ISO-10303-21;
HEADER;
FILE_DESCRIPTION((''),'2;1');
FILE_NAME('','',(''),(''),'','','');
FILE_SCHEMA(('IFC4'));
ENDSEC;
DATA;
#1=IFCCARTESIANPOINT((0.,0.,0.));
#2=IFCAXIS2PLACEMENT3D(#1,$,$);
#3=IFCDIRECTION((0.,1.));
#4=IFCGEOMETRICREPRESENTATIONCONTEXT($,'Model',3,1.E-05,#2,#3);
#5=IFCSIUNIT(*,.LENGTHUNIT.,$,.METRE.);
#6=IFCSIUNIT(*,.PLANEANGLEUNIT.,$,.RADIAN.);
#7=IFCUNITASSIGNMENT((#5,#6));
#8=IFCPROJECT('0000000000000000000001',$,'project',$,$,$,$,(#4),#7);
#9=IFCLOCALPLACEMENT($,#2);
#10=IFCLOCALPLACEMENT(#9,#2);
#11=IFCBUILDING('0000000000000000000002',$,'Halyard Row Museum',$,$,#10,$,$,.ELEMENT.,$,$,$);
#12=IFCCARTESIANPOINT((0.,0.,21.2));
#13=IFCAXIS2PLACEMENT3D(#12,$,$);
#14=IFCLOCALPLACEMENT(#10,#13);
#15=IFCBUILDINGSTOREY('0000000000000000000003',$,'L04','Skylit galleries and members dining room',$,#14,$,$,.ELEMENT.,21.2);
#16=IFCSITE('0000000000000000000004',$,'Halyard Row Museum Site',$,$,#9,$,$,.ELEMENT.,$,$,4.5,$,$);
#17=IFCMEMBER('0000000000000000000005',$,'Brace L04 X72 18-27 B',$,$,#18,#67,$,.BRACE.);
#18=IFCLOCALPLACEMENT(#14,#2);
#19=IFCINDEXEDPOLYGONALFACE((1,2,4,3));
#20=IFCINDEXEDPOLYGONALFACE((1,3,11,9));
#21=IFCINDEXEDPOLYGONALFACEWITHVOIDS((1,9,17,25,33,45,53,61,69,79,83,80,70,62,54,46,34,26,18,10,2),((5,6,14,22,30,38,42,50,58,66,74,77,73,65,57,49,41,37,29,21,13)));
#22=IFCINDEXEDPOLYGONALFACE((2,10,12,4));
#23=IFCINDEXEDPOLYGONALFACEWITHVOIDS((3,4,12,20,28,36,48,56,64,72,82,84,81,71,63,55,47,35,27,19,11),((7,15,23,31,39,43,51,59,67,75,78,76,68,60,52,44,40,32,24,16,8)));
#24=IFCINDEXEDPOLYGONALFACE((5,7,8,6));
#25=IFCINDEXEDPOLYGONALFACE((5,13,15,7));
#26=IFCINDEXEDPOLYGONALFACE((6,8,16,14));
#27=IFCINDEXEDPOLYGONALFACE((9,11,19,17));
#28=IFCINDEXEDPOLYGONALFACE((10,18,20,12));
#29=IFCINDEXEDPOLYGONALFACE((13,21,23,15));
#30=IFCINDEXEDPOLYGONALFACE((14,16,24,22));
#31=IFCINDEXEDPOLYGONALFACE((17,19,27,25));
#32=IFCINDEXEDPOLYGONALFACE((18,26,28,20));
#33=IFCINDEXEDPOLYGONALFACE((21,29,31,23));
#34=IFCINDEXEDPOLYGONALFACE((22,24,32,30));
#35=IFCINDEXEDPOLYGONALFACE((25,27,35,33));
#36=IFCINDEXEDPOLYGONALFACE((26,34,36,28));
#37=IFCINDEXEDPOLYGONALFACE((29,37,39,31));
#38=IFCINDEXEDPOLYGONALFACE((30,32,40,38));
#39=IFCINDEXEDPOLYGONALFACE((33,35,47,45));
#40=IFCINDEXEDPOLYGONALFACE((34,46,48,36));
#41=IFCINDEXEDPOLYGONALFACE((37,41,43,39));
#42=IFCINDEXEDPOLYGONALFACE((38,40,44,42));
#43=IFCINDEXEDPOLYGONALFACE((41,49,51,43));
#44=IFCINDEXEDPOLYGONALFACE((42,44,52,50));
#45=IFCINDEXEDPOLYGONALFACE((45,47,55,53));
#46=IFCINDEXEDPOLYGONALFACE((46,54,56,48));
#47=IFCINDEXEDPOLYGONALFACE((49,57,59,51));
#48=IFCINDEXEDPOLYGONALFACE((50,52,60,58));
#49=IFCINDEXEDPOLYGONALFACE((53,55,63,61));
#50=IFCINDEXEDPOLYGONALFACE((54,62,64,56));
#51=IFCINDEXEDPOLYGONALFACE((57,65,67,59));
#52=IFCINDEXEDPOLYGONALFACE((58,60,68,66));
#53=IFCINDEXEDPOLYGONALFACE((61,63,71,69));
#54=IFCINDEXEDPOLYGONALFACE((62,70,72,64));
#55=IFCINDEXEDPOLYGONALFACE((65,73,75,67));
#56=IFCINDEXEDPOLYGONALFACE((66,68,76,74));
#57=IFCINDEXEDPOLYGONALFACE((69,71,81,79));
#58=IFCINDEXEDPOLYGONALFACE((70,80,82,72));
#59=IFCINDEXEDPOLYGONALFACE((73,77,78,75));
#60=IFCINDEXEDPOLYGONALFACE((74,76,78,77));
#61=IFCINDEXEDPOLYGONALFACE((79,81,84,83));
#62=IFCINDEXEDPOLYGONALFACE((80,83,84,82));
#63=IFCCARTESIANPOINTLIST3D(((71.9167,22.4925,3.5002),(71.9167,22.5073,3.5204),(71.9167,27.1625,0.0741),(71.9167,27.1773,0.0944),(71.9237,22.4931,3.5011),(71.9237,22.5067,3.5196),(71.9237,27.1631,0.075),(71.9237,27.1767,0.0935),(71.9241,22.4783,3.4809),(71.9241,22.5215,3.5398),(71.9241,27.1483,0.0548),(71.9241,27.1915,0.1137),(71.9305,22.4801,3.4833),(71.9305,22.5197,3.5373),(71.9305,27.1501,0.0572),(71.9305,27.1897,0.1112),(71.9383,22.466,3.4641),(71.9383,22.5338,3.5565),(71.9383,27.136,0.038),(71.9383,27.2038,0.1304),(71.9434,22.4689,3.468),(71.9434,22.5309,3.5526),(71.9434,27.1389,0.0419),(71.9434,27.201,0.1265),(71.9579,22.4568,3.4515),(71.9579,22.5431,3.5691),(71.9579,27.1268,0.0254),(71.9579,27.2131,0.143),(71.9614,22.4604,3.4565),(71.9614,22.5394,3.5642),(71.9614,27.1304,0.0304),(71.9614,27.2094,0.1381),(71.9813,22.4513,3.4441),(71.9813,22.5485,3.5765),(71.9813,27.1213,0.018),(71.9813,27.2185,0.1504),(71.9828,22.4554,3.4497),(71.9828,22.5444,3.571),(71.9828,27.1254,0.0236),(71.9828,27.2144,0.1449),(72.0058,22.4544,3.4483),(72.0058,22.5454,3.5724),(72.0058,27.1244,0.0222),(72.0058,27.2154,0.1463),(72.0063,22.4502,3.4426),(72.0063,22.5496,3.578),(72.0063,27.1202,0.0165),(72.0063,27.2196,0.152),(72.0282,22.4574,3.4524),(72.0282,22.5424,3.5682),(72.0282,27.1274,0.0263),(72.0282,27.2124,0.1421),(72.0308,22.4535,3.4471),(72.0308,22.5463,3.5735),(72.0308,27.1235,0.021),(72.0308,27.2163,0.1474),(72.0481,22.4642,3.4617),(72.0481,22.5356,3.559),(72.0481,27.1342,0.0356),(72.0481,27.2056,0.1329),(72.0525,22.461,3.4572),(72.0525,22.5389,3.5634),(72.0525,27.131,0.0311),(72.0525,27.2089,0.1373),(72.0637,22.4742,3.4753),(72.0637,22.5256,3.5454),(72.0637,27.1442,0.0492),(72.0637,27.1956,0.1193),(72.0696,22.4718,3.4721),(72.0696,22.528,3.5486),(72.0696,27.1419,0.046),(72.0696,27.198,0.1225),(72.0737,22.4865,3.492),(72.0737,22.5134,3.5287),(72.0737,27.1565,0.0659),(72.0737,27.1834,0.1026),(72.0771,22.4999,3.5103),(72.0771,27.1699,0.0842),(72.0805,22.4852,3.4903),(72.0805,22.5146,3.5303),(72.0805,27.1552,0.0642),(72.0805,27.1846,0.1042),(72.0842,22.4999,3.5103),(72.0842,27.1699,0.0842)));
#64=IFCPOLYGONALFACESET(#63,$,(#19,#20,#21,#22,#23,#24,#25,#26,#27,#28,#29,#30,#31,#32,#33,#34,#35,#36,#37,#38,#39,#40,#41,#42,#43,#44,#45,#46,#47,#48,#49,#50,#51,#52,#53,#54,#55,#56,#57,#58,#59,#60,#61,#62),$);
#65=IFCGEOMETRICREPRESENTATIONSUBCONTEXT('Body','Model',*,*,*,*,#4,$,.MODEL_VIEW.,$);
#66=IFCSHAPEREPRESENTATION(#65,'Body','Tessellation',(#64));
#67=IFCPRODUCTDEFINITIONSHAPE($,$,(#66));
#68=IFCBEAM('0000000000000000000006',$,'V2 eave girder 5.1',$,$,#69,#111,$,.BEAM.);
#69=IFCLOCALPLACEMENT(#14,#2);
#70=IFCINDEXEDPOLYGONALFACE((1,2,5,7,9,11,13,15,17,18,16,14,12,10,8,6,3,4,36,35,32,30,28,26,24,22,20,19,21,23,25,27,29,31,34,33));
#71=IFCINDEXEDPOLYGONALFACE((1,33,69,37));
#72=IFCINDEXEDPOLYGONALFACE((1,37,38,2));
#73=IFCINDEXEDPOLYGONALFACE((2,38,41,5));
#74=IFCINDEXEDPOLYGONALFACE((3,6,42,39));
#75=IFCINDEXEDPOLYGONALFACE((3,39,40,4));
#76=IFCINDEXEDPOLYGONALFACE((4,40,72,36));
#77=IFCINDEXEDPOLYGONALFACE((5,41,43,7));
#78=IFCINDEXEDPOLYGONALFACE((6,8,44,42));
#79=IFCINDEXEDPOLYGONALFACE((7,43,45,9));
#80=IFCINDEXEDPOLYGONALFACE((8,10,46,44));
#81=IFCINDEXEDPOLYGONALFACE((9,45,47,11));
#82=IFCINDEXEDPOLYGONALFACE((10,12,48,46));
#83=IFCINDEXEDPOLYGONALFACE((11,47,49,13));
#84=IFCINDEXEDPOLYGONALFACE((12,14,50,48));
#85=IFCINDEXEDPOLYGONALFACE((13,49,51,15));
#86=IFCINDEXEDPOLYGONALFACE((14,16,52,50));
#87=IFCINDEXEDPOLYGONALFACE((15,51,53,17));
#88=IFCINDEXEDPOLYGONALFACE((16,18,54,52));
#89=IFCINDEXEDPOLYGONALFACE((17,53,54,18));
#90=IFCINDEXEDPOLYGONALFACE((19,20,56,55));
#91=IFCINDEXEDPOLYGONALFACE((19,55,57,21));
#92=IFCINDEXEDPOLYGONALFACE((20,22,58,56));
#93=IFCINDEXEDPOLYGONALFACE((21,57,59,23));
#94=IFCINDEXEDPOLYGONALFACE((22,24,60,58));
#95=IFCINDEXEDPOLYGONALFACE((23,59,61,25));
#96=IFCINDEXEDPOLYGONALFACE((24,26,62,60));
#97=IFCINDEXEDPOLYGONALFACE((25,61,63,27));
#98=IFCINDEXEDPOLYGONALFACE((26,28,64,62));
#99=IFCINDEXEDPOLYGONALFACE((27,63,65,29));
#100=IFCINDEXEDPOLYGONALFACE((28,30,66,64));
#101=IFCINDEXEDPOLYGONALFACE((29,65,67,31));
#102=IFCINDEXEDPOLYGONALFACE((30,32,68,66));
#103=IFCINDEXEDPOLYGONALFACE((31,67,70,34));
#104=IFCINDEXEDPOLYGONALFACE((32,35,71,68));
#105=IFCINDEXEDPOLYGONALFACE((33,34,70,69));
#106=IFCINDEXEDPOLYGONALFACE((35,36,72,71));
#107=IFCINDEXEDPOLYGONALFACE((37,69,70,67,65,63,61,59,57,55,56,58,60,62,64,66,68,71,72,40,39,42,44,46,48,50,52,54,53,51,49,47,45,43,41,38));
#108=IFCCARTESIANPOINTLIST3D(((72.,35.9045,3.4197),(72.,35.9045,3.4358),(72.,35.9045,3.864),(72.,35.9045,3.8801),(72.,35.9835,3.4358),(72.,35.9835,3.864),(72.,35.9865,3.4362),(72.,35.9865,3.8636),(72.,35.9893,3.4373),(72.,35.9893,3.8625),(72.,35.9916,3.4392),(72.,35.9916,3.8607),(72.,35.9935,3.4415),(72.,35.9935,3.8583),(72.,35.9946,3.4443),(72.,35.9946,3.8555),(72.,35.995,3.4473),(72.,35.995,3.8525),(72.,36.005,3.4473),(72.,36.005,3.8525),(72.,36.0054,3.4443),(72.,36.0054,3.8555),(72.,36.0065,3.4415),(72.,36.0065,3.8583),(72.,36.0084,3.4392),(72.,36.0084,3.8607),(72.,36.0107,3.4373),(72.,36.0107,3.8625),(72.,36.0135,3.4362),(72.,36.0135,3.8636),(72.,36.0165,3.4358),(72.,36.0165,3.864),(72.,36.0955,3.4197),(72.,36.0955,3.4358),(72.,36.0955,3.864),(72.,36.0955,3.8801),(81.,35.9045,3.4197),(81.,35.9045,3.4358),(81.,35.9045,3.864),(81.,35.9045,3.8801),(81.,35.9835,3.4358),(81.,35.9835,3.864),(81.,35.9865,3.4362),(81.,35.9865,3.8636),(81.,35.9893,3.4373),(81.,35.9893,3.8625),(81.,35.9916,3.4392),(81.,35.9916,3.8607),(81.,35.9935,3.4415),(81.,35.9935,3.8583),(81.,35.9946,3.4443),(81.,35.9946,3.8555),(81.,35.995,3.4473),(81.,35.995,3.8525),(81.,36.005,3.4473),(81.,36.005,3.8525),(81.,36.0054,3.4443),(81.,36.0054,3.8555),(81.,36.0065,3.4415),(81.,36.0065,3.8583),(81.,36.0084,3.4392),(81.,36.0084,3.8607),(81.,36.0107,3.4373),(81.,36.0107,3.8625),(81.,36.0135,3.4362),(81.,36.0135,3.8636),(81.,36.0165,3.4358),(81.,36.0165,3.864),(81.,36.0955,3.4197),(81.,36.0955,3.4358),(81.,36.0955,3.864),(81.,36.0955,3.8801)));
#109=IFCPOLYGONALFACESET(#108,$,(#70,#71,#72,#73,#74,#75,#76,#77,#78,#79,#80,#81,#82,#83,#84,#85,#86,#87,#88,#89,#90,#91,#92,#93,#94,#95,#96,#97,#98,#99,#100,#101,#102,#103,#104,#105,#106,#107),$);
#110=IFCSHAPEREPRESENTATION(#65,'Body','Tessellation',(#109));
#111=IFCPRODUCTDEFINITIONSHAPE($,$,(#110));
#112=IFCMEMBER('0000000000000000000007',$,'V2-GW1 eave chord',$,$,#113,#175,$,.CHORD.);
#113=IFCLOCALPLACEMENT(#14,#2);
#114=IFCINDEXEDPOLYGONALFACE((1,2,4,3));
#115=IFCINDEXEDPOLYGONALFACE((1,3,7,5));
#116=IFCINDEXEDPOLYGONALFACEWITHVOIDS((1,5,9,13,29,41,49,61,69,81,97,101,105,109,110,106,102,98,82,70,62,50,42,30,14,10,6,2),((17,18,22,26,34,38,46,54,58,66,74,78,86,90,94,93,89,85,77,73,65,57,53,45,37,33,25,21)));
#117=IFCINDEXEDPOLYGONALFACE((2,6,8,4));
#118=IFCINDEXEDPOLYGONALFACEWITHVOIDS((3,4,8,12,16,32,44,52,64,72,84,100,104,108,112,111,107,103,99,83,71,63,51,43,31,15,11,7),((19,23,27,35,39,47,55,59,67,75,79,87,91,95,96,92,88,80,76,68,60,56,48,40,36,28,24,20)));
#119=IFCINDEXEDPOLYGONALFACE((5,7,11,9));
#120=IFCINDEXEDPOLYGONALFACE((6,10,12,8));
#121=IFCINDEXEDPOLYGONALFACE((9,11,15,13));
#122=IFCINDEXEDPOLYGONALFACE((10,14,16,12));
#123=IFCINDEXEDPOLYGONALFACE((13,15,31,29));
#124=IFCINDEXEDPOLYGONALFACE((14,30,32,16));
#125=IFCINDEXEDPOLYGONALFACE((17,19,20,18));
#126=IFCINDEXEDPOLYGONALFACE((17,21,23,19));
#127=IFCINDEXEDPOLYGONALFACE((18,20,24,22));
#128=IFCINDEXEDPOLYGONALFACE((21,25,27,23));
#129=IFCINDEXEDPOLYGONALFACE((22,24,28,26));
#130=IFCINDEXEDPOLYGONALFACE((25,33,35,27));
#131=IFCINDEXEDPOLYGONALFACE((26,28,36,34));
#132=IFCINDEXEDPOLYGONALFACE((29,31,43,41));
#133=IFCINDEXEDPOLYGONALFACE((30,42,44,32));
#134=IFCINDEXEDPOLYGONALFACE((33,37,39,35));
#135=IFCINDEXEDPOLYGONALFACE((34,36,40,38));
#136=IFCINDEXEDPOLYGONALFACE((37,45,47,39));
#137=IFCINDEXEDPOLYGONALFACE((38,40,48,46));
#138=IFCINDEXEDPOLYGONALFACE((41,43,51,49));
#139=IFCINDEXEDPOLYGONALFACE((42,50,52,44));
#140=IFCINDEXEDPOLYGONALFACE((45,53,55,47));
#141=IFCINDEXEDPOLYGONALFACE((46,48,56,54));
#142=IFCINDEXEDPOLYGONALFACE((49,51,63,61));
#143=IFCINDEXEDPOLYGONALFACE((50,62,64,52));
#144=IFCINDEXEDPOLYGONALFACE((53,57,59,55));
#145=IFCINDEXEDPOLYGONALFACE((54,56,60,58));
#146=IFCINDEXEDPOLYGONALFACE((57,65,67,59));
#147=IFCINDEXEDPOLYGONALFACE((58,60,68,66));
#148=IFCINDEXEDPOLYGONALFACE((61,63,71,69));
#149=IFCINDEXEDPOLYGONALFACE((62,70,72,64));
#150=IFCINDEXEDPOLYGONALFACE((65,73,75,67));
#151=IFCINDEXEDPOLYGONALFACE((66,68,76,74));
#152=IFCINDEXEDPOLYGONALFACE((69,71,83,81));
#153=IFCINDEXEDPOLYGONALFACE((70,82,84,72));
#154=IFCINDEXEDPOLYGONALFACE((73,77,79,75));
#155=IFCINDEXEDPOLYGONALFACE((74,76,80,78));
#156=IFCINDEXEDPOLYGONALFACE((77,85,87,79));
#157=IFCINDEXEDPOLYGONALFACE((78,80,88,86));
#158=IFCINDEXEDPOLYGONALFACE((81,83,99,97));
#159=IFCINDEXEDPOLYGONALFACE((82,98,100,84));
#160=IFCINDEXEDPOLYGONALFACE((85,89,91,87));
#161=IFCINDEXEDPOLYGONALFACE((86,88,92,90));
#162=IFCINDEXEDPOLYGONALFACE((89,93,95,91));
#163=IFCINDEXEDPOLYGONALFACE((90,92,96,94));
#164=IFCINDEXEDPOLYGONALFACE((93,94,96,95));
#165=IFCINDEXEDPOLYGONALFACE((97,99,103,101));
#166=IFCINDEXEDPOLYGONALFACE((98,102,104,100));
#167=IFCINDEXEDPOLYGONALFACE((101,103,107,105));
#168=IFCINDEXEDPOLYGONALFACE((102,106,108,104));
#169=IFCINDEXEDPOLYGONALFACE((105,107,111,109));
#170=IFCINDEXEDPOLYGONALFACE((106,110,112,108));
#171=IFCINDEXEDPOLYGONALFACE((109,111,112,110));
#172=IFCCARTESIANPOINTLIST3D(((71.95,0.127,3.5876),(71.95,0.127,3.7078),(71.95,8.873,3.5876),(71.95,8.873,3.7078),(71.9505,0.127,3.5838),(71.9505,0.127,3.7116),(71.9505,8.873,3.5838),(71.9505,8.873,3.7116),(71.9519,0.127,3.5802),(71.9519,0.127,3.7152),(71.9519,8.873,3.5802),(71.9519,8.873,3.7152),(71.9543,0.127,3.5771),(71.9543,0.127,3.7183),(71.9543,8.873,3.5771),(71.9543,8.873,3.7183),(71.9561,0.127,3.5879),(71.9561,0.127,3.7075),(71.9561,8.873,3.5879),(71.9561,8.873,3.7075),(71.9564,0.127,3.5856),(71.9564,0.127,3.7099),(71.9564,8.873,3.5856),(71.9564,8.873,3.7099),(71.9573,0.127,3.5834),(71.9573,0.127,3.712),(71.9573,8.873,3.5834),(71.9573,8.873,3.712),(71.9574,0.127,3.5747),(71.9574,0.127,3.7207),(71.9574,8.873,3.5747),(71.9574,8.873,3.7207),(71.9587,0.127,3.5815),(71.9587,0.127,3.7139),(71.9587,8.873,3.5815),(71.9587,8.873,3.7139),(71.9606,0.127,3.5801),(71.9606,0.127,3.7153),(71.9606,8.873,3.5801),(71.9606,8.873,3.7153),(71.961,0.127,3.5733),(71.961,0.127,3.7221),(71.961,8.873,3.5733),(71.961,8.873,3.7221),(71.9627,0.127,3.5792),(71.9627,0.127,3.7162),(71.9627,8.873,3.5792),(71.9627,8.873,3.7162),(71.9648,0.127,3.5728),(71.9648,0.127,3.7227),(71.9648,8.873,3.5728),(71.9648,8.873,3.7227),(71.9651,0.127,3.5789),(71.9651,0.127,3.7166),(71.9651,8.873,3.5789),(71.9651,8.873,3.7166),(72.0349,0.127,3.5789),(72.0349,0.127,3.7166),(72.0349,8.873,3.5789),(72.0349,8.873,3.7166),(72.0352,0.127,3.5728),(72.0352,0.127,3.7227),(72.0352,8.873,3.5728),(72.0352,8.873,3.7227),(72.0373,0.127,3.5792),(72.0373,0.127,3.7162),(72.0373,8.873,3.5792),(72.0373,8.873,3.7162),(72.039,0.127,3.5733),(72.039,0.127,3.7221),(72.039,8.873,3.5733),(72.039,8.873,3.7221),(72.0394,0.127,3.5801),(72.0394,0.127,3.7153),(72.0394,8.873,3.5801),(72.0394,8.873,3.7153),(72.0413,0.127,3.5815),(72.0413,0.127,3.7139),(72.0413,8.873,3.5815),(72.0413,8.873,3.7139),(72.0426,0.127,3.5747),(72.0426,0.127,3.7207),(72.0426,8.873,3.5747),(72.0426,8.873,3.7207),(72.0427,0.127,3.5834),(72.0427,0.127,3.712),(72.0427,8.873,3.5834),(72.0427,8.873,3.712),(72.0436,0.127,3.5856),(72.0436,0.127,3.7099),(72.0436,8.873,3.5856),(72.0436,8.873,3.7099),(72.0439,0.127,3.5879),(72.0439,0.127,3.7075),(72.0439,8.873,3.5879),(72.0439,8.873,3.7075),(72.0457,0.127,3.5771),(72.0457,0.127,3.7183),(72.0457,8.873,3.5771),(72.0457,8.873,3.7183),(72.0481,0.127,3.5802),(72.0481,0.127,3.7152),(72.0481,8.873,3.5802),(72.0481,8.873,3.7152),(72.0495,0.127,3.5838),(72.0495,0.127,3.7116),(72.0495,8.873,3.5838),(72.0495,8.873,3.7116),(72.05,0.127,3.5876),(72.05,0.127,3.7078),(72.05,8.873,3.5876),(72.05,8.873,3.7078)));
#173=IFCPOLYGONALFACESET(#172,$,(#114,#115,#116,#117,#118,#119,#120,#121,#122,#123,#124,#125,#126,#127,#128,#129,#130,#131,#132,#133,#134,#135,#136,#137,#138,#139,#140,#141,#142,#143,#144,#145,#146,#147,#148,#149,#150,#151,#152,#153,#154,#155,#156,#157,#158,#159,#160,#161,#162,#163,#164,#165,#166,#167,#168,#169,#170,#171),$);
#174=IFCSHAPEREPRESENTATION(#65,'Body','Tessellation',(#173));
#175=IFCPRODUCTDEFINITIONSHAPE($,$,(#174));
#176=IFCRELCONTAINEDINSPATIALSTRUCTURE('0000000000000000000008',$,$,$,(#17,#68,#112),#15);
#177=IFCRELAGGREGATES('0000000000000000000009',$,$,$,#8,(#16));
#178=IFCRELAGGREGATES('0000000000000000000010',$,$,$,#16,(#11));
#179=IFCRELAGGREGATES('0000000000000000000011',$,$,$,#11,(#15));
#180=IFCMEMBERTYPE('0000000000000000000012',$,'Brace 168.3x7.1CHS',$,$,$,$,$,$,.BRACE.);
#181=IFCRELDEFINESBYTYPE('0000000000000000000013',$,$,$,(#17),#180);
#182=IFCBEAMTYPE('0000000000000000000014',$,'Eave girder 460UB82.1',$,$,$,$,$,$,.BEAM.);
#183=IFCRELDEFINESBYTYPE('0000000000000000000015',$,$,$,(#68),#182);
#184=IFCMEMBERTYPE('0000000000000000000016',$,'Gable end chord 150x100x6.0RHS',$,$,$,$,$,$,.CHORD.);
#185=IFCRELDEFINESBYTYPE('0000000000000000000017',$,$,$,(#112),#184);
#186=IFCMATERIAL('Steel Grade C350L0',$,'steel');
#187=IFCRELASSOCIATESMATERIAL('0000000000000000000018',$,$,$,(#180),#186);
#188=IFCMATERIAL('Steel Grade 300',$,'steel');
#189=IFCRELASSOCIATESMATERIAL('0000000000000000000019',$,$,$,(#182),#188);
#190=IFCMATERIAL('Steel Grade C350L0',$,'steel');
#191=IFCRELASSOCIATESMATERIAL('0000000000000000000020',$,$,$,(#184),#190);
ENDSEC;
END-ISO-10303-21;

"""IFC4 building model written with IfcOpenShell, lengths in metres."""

from ifc_helpers import new_model, si_unit, direction, frame, origin, origin_2d, place, context, subcontext, project, spatial, hollow_rectangle, hollow_circle, i_section, extrude, material, material_profile, profile_set, type_object, element, save


model = new_model("IFC4")

# Units and contexts
model_context = context("Model", 3, precision=1e-05, world=origin(), true_north=direction((0.0, 1.0)))
body_context = subcontext(model_context, "Body", "Model", "MODEL_VIEW")
ifc_project = project(units=[si_unit("LENGTHUNIT", "METRE"), si_unit("PLANEANGLEUNIT", "RADIAN")], contexts=[model_context])

# Site, building, storey
site_placement = place(None, origin())
site = spatial("IfcSite", under=ifc_project, at=site_placement, Name="Halyard Row Museum Site", CompositionType="ELEMENT", RefElevation=4.5)
building_placement = place(site_placement, origin())
building = spatial("IfcBuilding", under=site, at=building_placement, Name="Halyard Row Museum", CompositionType="ELEMENT")
storey_placement = place(building_placement, frame((0.0, 0.0, 21.2)))
storey = spatial("IfcBuildingStorey", under=building, at=storey_placement, Name="L04", Description="Skylit galleries and members dining room", CompositionType="ELEMENT", Elevation=21.2)

# Member
ifc_material_1 = material(Name="Steel Grade C350L0", Category="steel")
ifc_material_profile_1 = material_profile(ifc_material_1, hollow_circle(Radius=0.0842, WallThickness=0.0071, at=origin_2d()), Name="168.3x7.1CHS")
ifc_profile_set_1 = profile_set([ifc_material_profile_1], Name="Steel Grade C350L0")
member_type_1 = type_object("IfcMemberType", Name="Brace 168.3x7.1CHS", PredefinedType="BRACE", material=ifc_profile_set_1)
member_1_placement = place(storey_placement, frame((72.0, 27.1699, 0.0842), z_axis=(0.0, -0.806288, 0.591523), x_axis=(1.0, 0.0, 0.0)))
element("IfcMember", 1, at=member_1_placement, inside=storey, type_object=member_type_1, Name="Brace L04 X72 18-27 B", PredefinedType="BRACE", context=body_context, shape_type="SweptSolid", body=[
    extrude(hollow_circle(Radius=0.0842, WallThickness=0.0071, at=origin_2d()), origin(), (0.0, 0.0, 1.0), 5.792),
])

# Beam
ifc_material_2 = material(Name="Steel Grade 300", Category="steel")
ifc_material_profile_2 = material_profile(ifc_material_2, i_section(OverallWidth=0.1909, OverallDepth=0.4604, WebThickness=0.01, FlangeThickness=0.0161, FilletRadius=0.0115, at=origin_2d()), Name="460UB82.1")
ifc_profile_set_2 = profile_set([ifc_material_profile_2], Name="Steel Grade 300")
beam_type = type_object("IfcBeamType", Name="Eave girder 460UB82.1", PredefinedType="BEAM", material=ifc_profile_set_2)
beam_placement = place(storey_placement, frame((72.0, 36.0, 3.6499), z_axis=(1.0, 0.0, 0.0), x_axis=(0.0, 1.0, 0.0)))
element("IfcBeam", 2, at=beam_placement, inside=storey, type_object=beam_type, Name="V2 eave girder 5.1", PredefinedType="BEAM", context=body_context, shape_type="SweptSolid", body=[
    extrude(i_section(OverallWidth=0.1909, OverallDepth=0.4604, WebThickness=0.01, FlangeThickness=0.0161, FilletRadius=0.0115, at=origin_2d()), origin(), (0.0, 0.0, 1.0), 9.0),
])

# Member
ifc_material_3 = material(Name="Steel Grade C350L0", Category="steel")
ifc_material_profile_3 = material_profile(ifc_material_3, hollow_rectangle(XDim=0.1001, YDim=0.1499, WallThickness=0.0061, InnerFilletRadius=0.009, OuterFilletRadius=0.0149, at=origin_2d()), Name="150x100x6.0RHS")
ifc_profile_set_3 = profile_set([ifc_material_profile_3], Name="Steel Grade C350L0")
member_type_2 = type_object("IfcMemberType", Name="Gable end chord 150x100x6.0RHS", PredefinedType="CHORD", material=ifc_profile_set_3)
member_2_placement = place(storey_placement, frame((72.0, 0.127, 3.6477), z_axis=(0.0, 1.0, 0.0), x_axis=(-1.0, 0.0, 0.0)))
element("IfcMember", 3, at=member_2_placement, inside=storey, type_object=member_type_2, Name="V2-GW1 eave chord", PredefinedType="CHORD", context=body_context, shape_type="SweptSolid", body=[
    extrude(hollow_rectangle(XDim=0.1001, YDim=0.1499, WallThickness=0.0061, InnerFilletRadius=0.009, OuterFilletRadius=0.0149, at=origin_2d()), origin(), (0.0, 0.0, 1.0), 8.7461),
])

save(model, "model.ifc")
